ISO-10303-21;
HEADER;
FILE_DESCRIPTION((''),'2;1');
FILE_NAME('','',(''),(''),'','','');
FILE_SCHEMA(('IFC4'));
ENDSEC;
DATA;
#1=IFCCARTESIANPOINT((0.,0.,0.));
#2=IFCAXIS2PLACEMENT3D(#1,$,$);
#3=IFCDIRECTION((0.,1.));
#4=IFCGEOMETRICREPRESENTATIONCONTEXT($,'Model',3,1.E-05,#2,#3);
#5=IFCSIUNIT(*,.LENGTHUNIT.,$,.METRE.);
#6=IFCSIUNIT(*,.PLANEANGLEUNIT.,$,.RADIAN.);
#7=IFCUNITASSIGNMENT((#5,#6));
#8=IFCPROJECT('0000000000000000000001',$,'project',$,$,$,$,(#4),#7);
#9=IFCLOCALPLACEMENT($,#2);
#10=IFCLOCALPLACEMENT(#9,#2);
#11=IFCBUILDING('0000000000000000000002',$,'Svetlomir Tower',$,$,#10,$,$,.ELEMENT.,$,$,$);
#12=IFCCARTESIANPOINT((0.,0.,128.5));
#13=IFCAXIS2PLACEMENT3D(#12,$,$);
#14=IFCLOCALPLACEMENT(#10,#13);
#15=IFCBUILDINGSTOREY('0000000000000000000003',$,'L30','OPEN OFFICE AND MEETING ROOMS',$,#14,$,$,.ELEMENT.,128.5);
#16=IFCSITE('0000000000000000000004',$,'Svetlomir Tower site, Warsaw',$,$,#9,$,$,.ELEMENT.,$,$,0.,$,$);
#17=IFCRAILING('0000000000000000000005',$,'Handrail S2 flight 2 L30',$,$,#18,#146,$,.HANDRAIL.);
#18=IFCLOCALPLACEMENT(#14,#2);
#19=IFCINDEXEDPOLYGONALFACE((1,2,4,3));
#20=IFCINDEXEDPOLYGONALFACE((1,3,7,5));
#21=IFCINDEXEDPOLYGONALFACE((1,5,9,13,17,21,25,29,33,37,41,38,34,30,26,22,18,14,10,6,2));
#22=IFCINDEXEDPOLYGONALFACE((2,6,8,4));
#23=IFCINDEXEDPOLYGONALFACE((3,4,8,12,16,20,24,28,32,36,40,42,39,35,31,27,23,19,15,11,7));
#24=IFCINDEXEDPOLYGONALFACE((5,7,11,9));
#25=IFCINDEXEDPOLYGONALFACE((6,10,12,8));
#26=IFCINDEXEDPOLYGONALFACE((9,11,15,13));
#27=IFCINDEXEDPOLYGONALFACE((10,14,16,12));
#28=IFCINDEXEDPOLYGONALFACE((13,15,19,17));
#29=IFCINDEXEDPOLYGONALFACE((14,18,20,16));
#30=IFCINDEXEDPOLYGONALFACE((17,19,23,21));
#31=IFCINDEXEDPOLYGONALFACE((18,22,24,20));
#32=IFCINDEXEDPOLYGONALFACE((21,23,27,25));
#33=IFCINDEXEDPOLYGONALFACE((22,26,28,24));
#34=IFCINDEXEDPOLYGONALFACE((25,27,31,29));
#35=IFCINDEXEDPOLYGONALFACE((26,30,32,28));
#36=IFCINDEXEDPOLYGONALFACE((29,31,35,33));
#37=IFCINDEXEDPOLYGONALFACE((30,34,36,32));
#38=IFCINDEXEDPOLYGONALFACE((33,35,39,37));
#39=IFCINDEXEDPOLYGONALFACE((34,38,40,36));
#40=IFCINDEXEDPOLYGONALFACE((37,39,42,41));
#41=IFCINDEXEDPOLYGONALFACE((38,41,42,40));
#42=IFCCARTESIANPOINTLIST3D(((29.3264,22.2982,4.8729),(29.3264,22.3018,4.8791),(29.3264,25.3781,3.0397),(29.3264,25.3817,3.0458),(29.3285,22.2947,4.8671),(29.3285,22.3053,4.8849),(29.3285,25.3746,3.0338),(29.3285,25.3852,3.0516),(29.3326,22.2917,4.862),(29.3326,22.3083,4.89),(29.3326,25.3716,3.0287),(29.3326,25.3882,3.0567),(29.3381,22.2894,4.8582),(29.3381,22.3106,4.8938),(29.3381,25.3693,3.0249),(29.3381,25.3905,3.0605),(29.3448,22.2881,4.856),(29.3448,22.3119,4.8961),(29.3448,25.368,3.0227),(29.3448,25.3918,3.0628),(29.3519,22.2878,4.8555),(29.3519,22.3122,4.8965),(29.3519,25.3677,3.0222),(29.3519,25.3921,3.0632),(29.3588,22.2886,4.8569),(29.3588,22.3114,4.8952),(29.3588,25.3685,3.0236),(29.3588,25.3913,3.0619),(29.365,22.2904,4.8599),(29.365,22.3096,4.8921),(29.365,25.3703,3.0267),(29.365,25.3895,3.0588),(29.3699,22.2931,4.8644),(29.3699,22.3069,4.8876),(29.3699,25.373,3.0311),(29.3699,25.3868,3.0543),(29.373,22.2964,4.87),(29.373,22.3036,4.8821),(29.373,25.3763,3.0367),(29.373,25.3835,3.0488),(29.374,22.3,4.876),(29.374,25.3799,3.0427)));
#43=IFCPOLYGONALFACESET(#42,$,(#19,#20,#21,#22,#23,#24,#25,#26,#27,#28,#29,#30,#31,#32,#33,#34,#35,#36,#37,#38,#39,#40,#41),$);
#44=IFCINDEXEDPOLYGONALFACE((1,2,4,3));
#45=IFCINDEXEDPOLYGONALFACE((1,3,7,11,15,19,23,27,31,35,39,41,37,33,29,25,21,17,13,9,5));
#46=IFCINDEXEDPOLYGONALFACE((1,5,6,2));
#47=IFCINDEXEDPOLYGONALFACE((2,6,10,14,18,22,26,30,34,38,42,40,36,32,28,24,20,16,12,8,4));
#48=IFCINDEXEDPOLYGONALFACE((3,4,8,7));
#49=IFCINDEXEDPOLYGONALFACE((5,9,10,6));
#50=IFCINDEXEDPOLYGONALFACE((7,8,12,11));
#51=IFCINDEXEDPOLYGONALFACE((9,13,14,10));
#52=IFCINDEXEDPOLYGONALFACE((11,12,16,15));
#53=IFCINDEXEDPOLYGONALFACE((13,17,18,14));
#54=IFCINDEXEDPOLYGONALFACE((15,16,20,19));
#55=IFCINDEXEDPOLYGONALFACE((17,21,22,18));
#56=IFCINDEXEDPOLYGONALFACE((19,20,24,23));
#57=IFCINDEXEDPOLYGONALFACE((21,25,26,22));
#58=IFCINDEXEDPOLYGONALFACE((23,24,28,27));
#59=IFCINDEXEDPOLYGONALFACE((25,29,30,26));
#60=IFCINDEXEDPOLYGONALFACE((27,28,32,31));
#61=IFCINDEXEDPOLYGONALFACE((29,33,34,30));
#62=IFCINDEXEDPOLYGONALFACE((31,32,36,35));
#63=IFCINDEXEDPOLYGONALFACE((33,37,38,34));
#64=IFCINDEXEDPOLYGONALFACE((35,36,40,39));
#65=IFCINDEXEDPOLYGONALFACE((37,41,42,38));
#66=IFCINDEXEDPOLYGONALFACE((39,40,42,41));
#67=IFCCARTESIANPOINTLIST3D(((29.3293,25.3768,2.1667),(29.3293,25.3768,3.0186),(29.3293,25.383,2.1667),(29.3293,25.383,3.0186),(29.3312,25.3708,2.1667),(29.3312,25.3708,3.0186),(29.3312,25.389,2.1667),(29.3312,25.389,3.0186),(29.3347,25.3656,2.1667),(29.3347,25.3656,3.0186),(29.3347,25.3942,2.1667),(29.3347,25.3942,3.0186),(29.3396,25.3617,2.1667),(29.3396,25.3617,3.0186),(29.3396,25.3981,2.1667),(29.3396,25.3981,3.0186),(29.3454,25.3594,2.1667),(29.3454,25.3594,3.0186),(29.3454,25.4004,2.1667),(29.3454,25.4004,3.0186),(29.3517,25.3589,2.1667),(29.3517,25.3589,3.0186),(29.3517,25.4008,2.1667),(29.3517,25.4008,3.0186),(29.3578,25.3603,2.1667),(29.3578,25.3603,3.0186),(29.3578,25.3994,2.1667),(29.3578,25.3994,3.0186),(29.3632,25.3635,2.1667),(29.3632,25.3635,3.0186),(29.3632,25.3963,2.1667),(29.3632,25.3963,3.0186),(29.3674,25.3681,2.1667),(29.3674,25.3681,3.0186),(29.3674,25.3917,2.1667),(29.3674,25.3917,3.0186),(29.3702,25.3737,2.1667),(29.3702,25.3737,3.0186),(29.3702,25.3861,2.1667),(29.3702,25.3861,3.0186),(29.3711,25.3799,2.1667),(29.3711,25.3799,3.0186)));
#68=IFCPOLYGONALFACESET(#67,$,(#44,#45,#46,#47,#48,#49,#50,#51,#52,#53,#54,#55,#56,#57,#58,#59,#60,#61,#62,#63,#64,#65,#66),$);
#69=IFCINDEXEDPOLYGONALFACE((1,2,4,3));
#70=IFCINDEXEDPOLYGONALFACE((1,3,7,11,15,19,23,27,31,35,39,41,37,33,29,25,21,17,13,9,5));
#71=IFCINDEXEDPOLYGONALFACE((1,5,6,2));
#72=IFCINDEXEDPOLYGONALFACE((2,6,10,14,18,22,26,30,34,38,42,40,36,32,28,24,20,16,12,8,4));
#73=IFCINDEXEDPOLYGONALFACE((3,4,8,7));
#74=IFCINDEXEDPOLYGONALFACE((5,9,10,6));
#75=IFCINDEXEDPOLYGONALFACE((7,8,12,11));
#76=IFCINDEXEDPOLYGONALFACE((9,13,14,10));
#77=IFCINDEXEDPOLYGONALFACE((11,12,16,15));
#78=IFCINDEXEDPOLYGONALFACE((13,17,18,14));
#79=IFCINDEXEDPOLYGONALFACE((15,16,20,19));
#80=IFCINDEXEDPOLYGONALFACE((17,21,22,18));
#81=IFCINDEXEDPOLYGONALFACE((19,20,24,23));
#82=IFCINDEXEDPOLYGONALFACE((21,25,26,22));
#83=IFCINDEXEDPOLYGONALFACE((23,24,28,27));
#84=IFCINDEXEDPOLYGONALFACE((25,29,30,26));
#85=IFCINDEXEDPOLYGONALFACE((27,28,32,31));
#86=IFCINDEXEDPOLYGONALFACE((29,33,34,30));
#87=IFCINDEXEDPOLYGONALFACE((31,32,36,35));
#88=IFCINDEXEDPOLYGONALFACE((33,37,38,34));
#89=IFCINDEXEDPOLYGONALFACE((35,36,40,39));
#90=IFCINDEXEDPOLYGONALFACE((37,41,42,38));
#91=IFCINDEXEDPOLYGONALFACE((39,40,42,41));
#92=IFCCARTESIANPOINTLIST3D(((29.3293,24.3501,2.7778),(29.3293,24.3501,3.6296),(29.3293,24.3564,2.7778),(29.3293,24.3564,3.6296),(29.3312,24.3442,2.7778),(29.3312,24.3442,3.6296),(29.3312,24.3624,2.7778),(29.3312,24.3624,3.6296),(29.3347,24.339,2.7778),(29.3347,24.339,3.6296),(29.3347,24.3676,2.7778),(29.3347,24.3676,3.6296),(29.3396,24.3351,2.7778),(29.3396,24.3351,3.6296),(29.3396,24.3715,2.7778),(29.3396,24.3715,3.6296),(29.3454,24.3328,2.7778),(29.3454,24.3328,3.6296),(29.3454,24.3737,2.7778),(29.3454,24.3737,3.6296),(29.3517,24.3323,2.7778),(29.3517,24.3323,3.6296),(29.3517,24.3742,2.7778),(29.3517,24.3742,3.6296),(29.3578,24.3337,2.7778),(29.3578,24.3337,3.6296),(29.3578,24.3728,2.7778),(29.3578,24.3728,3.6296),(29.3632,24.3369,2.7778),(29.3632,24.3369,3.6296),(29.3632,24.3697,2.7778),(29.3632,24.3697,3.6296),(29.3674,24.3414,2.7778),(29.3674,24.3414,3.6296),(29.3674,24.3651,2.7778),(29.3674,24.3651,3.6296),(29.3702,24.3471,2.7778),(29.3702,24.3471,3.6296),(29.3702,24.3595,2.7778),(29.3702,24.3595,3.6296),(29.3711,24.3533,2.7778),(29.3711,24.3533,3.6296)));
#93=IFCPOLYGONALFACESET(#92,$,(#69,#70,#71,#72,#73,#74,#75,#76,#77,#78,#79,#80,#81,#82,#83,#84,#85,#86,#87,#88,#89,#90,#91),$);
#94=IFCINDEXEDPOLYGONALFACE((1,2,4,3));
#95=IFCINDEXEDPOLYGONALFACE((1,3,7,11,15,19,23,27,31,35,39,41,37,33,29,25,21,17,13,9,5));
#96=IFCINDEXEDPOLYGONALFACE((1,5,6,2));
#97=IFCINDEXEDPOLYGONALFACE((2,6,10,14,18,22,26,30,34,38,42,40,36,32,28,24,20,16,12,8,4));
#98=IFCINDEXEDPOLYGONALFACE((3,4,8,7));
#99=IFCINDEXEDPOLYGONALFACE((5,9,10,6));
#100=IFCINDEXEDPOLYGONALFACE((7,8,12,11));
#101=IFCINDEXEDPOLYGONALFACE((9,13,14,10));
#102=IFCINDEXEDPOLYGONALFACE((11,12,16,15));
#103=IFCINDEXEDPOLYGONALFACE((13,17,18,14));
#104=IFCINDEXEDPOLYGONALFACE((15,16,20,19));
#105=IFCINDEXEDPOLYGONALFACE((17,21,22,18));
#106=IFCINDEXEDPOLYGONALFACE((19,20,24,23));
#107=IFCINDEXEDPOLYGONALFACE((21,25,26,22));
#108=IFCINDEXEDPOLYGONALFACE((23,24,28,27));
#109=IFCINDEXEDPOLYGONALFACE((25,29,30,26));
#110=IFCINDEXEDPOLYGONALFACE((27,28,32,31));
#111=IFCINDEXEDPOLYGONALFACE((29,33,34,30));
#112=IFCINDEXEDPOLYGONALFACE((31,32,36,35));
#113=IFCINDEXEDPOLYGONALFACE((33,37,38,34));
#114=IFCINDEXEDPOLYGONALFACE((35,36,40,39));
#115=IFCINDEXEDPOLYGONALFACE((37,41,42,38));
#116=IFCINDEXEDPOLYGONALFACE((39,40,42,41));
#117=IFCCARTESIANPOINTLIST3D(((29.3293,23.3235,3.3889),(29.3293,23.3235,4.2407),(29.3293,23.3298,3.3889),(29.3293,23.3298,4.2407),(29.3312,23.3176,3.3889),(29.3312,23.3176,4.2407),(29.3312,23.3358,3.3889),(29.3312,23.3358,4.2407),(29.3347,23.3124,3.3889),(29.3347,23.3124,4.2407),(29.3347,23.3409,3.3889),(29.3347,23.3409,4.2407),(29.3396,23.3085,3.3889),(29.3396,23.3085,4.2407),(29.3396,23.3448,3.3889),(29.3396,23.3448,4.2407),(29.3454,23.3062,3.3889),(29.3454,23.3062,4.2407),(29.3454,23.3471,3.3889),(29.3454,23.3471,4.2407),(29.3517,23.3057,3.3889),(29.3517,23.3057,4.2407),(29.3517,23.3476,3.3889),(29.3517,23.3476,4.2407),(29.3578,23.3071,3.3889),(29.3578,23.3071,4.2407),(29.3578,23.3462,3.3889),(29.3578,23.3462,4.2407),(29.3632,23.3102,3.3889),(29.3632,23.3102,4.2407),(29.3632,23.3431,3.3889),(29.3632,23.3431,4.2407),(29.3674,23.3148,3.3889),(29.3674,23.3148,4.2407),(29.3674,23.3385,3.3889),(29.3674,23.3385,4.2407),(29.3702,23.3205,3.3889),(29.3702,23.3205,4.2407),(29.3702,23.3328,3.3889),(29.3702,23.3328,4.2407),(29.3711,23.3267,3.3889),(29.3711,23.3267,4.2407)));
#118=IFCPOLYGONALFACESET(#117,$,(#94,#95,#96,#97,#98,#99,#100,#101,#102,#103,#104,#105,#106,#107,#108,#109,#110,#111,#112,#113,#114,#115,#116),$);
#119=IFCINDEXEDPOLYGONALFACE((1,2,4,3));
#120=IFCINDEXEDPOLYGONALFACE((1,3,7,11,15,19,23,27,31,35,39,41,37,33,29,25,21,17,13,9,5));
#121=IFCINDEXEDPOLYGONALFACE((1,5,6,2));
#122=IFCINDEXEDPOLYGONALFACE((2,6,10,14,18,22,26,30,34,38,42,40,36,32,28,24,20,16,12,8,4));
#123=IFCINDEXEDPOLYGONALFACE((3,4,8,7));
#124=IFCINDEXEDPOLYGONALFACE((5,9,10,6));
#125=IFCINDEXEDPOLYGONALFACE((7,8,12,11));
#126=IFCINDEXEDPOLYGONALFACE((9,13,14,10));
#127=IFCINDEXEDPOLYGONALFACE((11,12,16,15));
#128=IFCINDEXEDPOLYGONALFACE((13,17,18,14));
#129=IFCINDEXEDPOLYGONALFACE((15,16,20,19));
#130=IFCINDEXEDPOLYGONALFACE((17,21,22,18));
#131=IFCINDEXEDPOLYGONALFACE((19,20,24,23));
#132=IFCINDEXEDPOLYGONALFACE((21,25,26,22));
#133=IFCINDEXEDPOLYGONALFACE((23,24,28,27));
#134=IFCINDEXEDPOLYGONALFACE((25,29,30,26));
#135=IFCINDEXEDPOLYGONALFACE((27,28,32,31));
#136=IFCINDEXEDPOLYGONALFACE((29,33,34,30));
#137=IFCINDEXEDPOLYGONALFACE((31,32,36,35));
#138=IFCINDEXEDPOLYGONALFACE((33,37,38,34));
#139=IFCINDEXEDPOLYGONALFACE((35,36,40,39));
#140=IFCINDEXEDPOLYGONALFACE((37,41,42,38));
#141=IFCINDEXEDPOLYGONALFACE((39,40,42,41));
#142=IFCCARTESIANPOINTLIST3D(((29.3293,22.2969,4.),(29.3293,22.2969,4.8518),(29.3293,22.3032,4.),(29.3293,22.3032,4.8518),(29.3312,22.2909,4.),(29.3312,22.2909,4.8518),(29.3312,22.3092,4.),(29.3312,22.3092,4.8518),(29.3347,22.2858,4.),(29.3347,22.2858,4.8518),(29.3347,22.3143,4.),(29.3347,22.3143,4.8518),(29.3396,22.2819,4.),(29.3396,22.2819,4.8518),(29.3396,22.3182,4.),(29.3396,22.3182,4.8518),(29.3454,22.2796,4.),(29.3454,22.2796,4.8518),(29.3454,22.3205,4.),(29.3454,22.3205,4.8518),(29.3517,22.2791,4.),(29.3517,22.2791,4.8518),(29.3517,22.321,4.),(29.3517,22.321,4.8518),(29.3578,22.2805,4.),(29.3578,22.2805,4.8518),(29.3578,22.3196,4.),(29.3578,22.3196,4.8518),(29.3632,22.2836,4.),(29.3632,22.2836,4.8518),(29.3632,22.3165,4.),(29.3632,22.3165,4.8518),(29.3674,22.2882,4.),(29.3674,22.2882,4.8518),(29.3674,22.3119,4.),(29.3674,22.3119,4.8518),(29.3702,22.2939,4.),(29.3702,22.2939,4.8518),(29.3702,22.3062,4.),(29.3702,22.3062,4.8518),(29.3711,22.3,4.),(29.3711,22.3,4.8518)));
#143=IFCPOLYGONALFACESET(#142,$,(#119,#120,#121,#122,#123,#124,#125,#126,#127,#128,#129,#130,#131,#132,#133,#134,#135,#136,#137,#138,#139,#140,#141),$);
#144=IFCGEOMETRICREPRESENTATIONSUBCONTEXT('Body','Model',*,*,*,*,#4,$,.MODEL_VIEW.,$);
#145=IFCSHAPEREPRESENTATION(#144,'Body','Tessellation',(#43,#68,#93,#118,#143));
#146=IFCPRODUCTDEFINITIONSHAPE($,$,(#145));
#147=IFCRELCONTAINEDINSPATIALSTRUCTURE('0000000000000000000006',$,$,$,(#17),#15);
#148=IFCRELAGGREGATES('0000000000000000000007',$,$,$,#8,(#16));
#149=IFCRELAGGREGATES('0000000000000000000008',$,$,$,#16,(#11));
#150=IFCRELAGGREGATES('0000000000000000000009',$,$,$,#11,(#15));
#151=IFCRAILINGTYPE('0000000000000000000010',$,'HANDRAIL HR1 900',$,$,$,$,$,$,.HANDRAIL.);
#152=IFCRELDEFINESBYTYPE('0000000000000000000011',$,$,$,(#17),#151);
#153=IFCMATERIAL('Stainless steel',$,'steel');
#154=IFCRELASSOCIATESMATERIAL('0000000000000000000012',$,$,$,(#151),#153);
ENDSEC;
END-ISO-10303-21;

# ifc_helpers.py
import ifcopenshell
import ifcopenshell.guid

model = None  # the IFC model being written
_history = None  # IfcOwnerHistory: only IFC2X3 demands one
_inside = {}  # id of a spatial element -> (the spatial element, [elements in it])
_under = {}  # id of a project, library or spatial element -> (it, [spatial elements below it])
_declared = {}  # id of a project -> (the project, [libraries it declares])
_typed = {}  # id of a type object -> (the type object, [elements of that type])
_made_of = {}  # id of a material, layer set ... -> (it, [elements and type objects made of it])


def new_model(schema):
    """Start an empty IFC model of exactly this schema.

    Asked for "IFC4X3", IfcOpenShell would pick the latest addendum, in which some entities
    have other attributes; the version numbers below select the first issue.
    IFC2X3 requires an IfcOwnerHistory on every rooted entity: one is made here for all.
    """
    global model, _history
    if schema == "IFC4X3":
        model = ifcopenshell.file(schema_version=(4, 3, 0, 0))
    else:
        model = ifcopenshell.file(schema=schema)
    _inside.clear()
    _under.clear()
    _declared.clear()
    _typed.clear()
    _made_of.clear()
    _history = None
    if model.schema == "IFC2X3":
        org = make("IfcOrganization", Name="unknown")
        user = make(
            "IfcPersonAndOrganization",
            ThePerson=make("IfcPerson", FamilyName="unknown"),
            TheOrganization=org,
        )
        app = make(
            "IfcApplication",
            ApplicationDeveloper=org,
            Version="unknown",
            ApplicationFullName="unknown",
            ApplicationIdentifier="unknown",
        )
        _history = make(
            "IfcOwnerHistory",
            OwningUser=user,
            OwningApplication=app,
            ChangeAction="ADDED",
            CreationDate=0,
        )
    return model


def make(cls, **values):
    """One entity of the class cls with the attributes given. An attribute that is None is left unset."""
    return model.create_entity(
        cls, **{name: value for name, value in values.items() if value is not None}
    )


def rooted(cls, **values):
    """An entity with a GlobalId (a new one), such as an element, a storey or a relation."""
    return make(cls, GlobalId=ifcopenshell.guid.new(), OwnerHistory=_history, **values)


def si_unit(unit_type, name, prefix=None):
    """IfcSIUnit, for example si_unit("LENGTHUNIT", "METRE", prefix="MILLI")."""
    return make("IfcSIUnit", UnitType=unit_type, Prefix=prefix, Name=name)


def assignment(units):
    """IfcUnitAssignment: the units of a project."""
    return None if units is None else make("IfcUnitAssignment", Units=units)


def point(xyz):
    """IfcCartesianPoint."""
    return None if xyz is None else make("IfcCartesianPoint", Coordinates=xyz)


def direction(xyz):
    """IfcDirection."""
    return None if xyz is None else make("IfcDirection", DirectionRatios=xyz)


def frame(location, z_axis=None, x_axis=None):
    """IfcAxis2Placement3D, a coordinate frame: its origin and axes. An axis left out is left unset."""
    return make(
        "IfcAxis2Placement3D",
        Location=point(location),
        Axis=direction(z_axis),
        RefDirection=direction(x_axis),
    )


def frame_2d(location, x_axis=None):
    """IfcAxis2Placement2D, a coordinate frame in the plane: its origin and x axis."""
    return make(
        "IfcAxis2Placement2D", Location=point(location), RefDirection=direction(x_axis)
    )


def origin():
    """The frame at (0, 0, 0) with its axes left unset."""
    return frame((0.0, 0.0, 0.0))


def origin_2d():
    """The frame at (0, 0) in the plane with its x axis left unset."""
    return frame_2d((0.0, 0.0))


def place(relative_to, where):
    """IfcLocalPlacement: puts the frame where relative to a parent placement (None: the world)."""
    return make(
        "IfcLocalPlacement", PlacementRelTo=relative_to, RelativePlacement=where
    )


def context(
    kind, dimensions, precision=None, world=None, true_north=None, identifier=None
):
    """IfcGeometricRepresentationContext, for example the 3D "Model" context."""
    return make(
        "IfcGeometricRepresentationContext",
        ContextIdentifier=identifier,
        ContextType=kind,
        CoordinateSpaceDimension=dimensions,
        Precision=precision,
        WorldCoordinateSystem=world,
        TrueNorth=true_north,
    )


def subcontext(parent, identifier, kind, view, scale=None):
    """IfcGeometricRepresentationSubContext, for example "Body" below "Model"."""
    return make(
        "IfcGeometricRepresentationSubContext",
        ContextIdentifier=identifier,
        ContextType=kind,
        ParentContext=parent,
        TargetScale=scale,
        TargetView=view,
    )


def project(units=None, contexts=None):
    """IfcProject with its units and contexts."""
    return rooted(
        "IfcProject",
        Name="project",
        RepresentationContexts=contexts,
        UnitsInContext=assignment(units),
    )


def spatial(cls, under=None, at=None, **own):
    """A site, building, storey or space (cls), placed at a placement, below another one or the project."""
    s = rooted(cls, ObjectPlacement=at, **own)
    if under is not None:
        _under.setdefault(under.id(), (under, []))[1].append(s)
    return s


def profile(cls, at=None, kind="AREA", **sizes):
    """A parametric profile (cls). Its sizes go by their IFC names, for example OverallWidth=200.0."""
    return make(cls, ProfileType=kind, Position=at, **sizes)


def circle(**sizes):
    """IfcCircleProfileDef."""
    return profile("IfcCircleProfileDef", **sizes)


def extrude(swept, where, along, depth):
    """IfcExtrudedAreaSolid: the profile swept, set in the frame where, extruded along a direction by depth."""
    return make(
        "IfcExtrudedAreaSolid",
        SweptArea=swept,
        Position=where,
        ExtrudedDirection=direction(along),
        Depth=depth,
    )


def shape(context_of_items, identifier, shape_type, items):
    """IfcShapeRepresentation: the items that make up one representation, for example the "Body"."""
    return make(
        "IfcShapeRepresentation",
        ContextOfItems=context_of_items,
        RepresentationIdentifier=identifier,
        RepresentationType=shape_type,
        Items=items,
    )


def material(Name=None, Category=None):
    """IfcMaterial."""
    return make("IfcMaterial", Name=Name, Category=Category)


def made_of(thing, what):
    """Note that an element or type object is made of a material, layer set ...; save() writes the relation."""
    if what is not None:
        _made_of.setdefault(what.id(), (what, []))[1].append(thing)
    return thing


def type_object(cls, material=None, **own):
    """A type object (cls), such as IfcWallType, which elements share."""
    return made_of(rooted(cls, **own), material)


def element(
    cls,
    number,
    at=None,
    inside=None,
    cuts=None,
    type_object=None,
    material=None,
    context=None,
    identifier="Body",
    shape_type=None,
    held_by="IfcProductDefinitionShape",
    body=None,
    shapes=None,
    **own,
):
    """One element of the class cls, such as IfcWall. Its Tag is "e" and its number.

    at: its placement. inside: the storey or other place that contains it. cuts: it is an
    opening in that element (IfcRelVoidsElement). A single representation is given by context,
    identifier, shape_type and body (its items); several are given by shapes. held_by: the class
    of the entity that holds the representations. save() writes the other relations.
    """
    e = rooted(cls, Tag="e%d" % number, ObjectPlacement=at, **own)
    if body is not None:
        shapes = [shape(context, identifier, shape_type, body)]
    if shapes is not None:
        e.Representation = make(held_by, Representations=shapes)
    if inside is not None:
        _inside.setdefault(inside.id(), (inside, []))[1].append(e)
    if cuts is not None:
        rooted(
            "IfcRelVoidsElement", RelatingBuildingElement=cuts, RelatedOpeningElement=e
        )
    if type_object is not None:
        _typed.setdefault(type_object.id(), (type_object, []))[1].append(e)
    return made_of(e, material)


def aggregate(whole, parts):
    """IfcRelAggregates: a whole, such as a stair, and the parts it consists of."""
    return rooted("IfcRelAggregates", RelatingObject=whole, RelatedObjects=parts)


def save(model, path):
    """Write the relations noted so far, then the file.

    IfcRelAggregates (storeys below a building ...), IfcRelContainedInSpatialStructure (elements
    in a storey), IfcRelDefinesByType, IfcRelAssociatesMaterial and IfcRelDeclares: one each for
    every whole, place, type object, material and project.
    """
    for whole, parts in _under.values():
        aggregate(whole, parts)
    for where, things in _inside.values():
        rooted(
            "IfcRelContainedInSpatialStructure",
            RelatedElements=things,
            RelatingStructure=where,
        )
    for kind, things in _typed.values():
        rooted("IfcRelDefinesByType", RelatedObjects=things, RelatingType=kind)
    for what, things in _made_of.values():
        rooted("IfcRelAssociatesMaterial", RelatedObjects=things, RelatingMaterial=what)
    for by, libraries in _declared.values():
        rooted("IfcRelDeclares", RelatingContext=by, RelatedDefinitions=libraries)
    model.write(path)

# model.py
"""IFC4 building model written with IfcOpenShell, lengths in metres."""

from ifc_helpers import new_model, si_unit, direction, frame, origin, origin_2d, place, context, subcontext, project, spatial, circle, extrude, material, type_object, element, save


model = new_model("IFC4")

# Units and contexts
model_context = context("Model", 3, precision=1e-05, world=origin(), true_north=direction((0.0, 1.0)))
body_context = subcontext(model_context, "Body", "Model", "MODEL_VIEW")
ifc_project = project(units=[si_unit("LENGTHUNIT", "METRE"), si_unit("PLANEANGLEUNIT", "RADIAN")], contexts=[model_context])

# Site, building, storey
site_placement = place(None, origin())
site = spatial("IfcSite", under=ifc_project, at=site_placement, Name="Svetlomir Tower site, Warsaw", CompositionType="ELEMENT", RefElevation=0.0)
building_placement = place(site_placement, origin())
building = spatial("IfcBuilding", under=site, at=building_placement, Name="Svetlomir Tower", CompositionType="ELEMENT")
storey_placement = place(building_placement, frame((0.0, 0.0, 128.5)))
storey = spatial("IfcBuildingStorey", under=building, at=storey_placement, Name="L30", Description="OPEN OFFICE AND MEETING ROOMS", CompositionType="ELEMENT", Elevation=128.5)

# Railing
ifc_material_1 = material(Name="Stainless steel", Category="steel")
railing_type = type_object("IfcRailingType", Name="HANDRAIL HR1 900", PredefinedType="HANDRAIL", material=ifc_material_1)
railing_1_placement = place(storey_placement, frame((29.3501, 25.3799, 2.1667)))
element("IfcRailing", 1, at=railing_1_placement, inside=storey, type_object=railing_type, Name="Handrail S2 flight 2 L30", PredefinedType="HANDRAIL", context=body_context, shape_type="SweptSolid", body=[
    extrude(circle(Radius=0.0239, at=origin_2d()), frame((0.0, 0.0, 0.876), z_axis=(0.0, -0.859291, 0.511487), x_axis=(1.0, 0.0, 0.0)), (0.0, 0.0, 1.0), 3.5842),
    extrude(circle(Radius=0.021, at=origin_2d()), origin(), (0.0, 0.0, 1.0), 0.8518),
    extrude(circle(Radius=0.021, at=origin_2d()), frame((0.0, -1.0266, 0.6111)), (0.0, 0.0, 1.0), 0.8518),
    extrude(circle(Radius=0.021, at=origin_2d()), frame((0.0, -2.0532, 1.2222)), (0.0, 0.0, 1.0), 0.8518),
    extrude(circle(Radius=0.021, at=origin_2d()), frame((0.0, -3.0798, 1.8333)), (0.0, 0.0, 1.0), 0.8518),
])

save(model, "model.ifc")
